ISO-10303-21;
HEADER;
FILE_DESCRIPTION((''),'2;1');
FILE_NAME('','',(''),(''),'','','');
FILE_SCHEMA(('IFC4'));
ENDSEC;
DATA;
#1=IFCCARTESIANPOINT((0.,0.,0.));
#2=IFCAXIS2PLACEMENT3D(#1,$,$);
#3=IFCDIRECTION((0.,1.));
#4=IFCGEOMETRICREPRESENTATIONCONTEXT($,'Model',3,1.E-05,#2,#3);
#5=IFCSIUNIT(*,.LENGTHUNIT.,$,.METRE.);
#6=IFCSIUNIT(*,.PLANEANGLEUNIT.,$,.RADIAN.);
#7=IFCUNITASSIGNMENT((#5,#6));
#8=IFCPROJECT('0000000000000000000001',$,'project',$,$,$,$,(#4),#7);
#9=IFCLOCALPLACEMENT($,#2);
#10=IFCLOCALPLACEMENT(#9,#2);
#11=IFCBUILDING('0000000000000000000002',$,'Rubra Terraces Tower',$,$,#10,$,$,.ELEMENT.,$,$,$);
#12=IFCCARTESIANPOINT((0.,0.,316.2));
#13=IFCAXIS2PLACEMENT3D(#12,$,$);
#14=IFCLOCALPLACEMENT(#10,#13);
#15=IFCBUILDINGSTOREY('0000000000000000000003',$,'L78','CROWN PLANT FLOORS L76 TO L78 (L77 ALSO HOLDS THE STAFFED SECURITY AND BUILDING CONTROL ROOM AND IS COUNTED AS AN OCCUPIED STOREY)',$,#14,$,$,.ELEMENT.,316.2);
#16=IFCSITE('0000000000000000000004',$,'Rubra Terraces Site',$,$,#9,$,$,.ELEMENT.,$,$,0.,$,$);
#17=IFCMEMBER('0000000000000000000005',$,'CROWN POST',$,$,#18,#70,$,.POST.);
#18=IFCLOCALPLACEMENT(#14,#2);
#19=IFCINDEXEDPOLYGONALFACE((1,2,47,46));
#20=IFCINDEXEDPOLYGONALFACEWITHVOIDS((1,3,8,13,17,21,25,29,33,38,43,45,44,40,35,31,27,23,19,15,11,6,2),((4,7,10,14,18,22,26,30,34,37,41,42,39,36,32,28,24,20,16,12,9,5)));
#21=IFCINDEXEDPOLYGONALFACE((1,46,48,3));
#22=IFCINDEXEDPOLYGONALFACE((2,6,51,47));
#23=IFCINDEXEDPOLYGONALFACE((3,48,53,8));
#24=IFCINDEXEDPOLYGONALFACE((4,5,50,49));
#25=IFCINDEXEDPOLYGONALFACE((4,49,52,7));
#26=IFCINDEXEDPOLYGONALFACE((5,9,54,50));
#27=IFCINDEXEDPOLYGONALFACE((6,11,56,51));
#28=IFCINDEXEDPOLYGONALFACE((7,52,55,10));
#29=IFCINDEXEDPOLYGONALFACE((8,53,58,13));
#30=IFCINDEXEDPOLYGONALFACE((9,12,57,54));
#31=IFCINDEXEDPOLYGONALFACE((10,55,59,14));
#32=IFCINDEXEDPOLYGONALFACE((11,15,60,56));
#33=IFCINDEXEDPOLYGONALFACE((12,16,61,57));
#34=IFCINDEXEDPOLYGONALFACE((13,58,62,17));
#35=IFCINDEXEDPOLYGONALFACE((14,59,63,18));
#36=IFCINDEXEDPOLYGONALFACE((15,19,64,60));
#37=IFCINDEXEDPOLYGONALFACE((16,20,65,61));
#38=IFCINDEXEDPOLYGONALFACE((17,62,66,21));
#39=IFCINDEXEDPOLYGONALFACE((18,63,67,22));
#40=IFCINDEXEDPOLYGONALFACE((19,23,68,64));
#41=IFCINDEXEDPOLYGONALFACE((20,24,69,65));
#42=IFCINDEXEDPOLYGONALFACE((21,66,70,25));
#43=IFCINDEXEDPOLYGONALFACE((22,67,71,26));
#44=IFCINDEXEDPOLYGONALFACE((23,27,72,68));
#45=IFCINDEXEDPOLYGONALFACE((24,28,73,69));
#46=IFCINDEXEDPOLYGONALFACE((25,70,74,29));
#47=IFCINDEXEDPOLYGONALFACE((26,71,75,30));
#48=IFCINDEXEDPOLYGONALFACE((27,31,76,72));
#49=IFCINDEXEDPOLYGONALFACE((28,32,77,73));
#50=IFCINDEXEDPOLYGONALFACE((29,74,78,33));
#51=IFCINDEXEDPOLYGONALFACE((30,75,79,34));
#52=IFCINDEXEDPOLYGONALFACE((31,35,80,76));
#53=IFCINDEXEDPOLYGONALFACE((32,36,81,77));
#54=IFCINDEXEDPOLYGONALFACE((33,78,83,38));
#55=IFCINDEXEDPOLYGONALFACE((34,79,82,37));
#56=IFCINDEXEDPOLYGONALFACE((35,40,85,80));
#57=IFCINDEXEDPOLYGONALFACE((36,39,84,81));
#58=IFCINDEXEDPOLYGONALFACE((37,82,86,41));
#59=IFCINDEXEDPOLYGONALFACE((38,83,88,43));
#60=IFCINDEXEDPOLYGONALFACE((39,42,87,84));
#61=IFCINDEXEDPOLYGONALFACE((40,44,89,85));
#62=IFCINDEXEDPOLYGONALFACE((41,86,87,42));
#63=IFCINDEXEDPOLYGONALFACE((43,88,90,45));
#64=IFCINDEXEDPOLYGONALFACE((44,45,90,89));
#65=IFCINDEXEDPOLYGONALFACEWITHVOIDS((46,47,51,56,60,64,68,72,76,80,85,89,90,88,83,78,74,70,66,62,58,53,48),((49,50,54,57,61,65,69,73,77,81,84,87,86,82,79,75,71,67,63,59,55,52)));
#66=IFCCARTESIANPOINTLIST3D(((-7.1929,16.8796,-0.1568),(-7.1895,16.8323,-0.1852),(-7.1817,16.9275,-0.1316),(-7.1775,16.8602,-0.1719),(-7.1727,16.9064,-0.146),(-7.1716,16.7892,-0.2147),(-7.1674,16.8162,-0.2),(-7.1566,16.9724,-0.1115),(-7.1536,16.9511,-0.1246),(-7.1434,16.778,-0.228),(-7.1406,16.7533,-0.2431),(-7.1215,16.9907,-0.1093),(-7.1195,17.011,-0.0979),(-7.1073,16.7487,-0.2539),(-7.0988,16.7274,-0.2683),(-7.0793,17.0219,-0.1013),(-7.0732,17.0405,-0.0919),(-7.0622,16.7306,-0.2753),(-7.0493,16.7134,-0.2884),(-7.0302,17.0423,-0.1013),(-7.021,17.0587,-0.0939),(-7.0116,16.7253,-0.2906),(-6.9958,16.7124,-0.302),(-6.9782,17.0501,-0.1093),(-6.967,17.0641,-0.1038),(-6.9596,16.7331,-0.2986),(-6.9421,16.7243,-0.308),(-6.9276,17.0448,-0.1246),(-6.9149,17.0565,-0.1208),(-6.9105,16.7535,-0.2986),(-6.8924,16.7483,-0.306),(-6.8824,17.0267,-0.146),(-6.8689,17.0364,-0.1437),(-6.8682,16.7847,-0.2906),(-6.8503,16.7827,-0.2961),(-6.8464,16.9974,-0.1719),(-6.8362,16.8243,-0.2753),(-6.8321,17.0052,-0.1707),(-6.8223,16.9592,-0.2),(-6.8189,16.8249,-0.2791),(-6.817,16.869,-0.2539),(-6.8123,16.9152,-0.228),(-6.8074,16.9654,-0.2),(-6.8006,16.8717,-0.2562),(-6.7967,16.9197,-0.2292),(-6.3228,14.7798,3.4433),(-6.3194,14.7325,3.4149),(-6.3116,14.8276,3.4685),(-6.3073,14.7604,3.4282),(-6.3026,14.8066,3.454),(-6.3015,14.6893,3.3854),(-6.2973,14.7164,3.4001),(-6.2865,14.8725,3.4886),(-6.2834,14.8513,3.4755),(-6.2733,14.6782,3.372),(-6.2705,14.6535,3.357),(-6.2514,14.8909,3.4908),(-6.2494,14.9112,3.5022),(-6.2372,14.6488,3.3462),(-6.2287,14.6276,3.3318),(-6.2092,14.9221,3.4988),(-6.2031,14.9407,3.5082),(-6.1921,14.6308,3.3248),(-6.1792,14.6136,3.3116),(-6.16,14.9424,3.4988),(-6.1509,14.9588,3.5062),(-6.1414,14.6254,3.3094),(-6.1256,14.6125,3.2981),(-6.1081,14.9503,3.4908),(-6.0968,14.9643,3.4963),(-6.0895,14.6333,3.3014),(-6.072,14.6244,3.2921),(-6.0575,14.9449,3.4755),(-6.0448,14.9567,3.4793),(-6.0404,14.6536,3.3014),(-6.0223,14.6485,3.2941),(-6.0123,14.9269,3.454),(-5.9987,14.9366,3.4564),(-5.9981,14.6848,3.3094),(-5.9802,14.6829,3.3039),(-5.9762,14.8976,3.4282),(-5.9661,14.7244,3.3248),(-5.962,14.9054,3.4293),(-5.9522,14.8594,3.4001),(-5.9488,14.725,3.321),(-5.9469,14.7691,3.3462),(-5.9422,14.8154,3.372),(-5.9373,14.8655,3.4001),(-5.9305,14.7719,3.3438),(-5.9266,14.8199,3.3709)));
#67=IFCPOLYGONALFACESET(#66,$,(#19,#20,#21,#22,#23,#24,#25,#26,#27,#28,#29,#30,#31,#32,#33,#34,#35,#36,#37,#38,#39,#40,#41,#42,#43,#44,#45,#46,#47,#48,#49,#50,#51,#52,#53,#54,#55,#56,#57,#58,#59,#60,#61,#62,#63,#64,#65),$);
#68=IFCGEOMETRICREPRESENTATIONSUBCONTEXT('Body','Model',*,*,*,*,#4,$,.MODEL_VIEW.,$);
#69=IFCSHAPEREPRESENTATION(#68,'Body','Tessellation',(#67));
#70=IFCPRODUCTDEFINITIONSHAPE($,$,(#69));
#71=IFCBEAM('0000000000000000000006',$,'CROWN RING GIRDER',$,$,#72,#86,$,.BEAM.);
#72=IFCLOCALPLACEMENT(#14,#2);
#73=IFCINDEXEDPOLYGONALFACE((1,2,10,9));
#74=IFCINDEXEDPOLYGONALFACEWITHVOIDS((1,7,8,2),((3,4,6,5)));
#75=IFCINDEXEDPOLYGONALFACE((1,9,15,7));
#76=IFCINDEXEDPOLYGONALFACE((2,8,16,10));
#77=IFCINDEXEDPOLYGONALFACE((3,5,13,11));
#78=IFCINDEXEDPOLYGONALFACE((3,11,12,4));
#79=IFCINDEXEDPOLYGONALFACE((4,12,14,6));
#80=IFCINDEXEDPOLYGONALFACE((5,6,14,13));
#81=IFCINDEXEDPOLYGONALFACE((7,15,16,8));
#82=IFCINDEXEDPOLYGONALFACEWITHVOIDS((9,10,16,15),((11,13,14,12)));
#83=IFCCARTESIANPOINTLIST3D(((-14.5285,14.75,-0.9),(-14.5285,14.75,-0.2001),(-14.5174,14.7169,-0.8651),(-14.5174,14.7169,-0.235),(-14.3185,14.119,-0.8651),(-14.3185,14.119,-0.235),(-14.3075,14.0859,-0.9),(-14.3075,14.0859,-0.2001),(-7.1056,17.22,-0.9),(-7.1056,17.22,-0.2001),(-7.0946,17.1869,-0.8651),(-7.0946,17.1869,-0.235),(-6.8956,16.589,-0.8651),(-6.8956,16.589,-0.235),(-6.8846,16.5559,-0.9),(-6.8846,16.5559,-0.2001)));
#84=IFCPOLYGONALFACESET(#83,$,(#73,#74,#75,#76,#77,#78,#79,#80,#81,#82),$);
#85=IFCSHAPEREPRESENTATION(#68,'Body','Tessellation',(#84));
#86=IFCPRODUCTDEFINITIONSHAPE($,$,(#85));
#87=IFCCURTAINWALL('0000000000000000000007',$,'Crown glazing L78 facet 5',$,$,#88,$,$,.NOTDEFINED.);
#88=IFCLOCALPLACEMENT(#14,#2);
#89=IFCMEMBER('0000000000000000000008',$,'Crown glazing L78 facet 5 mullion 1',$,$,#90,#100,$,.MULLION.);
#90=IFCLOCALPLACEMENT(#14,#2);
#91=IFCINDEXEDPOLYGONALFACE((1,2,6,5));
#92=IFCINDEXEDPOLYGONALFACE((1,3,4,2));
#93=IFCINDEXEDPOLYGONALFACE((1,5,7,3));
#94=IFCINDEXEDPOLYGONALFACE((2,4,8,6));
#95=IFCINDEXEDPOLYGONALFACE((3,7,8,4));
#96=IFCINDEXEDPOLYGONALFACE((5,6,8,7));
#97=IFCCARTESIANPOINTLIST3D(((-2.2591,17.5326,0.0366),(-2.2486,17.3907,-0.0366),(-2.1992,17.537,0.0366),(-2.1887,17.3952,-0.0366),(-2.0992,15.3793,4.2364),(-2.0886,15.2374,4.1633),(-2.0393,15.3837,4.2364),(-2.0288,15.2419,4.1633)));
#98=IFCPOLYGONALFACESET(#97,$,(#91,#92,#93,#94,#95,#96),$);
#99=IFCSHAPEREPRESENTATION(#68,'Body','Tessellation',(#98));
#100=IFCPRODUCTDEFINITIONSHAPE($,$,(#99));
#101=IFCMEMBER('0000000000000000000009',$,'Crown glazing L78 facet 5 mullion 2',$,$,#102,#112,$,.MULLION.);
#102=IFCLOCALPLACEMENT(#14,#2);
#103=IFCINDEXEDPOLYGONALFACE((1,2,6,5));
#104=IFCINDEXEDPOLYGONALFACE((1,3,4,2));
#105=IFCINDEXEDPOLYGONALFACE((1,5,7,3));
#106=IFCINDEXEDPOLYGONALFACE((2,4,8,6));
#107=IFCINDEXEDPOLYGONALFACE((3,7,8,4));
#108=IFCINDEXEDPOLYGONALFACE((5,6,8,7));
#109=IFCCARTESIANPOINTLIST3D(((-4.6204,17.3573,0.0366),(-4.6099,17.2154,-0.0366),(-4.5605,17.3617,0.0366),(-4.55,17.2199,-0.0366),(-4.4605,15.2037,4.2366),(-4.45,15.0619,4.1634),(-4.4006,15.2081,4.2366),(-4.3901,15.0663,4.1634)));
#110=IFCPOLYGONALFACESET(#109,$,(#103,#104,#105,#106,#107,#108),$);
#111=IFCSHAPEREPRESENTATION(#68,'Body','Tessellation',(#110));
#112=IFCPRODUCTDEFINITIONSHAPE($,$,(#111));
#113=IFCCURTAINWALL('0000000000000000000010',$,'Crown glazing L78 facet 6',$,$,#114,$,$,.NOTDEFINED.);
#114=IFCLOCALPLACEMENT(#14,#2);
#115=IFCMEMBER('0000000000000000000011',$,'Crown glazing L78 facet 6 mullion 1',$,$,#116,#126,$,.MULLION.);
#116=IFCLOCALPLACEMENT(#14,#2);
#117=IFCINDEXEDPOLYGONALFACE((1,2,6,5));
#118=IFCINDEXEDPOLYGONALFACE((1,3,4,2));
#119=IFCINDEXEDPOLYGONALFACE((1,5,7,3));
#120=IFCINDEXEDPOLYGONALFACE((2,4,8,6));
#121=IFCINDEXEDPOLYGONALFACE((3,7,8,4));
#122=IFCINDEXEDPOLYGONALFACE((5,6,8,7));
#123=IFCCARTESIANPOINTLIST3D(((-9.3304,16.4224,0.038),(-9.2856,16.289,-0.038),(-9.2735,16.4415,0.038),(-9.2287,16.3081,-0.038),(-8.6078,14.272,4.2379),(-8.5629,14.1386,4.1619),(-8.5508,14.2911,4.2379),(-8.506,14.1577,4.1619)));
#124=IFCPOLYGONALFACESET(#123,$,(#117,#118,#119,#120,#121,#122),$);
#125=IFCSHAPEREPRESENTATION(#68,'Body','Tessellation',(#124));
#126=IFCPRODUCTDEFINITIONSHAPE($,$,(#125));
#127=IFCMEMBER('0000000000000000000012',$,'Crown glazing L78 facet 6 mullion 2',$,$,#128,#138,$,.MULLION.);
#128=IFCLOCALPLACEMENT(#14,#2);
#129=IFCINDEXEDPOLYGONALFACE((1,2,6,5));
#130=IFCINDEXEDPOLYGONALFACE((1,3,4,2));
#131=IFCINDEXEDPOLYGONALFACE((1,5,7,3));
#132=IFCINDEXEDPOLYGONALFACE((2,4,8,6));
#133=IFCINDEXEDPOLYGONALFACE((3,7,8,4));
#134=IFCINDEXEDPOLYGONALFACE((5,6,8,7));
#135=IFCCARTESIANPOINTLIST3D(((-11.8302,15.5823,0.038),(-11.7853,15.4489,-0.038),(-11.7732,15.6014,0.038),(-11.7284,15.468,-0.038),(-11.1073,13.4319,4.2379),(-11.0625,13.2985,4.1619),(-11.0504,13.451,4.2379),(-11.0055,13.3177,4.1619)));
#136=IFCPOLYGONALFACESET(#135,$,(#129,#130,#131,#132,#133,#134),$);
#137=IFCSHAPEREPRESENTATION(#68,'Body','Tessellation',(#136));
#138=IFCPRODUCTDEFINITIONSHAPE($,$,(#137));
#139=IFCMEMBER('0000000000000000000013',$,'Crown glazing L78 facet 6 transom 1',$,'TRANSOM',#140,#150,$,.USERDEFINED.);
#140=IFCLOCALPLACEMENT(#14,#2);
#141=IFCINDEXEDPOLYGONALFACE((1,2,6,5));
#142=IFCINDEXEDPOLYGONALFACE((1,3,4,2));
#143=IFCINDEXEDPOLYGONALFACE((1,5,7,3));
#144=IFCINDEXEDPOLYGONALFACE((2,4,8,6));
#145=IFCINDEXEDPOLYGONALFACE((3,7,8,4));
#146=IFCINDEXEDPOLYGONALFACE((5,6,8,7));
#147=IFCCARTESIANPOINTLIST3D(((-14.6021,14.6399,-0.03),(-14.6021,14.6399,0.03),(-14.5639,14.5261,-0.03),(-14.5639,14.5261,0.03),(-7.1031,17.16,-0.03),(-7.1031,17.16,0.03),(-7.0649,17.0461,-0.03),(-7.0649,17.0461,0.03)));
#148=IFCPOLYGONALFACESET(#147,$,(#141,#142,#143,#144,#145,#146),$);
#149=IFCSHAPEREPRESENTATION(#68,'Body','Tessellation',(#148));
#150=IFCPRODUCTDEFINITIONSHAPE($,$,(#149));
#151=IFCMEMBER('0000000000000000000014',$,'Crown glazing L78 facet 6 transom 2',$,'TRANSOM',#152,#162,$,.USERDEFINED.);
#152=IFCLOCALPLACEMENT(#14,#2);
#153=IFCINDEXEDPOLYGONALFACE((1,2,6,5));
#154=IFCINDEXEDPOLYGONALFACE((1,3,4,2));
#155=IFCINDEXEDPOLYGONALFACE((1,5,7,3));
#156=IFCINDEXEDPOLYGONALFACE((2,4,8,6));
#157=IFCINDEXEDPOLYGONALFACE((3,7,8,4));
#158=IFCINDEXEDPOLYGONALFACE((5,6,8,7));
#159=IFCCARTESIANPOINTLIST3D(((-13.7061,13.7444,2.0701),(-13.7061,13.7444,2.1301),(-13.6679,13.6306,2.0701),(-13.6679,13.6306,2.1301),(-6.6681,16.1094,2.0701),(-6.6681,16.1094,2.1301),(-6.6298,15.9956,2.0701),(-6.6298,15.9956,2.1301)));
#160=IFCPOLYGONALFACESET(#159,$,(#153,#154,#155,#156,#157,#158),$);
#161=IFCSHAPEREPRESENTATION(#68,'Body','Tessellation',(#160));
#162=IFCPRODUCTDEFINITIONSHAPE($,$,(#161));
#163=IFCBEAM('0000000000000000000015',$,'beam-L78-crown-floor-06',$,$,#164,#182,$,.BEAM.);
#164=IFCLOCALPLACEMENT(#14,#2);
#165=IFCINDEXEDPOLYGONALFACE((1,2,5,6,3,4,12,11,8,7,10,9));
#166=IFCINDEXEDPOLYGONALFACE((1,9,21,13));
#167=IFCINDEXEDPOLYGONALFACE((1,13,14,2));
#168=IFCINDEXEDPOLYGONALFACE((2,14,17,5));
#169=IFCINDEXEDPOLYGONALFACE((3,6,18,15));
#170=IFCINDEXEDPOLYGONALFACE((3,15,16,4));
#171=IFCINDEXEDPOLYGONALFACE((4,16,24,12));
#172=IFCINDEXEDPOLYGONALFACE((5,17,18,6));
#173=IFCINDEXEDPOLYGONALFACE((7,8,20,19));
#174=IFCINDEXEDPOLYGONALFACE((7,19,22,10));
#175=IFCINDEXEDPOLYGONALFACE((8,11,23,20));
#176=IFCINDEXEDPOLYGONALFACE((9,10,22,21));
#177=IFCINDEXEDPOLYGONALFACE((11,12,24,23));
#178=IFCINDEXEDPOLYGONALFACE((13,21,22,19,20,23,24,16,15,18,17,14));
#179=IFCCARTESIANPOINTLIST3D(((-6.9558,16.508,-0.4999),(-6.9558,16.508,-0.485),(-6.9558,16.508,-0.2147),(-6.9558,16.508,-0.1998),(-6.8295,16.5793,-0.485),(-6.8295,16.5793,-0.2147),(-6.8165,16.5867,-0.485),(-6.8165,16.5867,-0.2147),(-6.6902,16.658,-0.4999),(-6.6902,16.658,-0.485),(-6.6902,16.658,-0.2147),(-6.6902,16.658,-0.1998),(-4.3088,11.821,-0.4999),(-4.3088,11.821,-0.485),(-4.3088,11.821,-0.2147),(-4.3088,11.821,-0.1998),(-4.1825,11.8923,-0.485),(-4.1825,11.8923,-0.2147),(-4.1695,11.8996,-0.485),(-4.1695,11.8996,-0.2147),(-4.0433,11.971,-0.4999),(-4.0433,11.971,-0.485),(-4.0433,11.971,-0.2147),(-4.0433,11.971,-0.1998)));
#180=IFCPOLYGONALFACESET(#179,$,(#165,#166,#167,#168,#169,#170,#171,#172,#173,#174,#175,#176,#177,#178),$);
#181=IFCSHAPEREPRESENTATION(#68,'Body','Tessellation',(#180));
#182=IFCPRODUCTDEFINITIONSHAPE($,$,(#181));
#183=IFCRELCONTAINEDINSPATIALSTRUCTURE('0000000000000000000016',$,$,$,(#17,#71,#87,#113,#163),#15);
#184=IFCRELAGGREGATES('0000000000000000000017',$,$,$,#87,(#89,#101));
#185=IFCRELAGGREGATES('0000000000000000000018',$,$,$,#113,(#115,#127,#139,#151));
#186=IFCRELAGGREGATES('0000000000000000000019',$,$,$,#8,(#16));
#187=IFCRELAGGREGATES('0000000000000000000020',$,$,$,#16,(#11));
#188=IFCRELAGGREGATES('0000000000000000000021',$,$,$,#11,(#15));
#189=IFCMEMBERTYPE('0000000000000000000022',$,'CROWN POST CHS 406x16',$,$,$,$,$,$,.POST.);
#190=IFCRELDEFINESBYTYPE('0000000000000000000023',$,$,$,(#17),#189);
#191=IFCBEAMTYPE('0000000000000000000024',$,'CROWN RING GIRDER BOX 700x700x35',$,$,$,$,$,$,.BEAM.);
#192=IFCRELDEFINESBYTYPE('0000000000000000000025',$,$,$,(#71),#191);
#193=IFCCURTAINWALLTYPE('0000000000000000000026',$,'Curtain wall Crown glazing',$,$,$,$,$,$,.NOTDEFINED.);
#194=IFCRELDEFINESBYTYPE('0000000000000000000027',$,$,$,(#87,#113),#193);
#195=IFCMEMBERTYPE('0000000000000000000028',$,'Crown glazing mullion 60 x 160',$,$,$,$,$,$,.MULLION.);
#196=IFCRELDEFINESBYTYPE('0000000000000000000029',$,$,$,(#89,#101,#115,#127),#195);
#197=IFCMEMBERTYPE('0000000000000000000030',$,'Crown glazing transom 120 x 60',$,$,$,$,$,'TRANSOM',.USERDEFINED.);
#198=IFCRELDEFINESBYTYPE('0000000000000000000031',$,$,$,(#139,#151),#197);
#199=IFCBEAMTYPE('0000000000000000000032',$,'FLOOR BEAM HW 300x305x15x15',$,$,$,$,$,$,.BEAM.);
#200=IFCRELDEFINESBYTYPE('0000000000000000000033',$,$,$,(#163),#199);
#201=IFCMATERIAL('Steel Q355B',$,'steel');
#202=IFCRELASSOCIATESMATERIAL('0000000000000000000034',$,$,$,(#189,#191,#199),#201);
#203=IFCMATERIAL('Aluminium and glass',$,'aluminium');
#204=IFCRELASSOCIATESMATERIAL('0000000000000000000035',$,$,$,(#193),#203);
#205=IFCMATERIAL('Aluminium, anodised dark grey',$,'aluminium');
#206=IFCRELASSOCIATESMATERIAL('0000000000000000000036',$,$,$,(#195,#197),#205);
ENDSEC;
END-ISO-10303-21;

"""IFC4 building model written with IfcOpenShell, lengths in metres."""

from ifc_helpers import new_model, si_unit, direction, frame, origin, origin_2d, place, context, subcontext, project, spatial, rectangle, hollow_rectangle, hollow_circle, i_section, extrude, material, material_profile, profile_set, type_object, element, aggregate, save


model = new_model("IFC4")

# Units and contexts
model_context = context("Model", 3, precision=1e-05, world=origin(), true_north=direction((0.0, 1.0)))
body_context = subcontext(model_context, "Body", "Model", "MODEL_VIEW")
ifc_project = project(units=[si_unit("LENGTHUNIT", "METRE"), si_unit("PLANEANGLEUNIT", "RADIAN")], contexts=[model_context])

# Site, building, storey
site_placement = place(None, origin())
site = spatial("IfcSite", under=ifc_project, at=site_placement, Name="Rubra Terraces Site", CompositionType="ELEMENT", RefElevation=0.0)
building_placement = place(site_placement, origin())
building = spatial("IfcBuilding", under=site, at=building_placement, Name="Rubra Terraces Tower", CompositionType="ELEMENT")
storey_placement = place(building_placement, frame((0.0, 0.0, 316.2)))
storey = spatial("IfcBuildingStorey", under=building, at=storey_placement, Name="L78", Description="CROWN PLANT FLOORS L76 TO L78 (L77 ALSO HOLDS THE STAFFED SECURITY AND BUILDING CONTROL ROOM AND IS COUNTED AS AN OCCUPIED STOREY)", CompositionType="ELEMENT", Elevation=316.2)

# Member
ifc_material_1 = material(Name="Steel Q355B", Category="steel")
ifc_material_profile_1 = material_profile(ifc_material_1, hollow_circle(Radius=0.2029, WallThickness=0.0161, at=origin_2d()), Name="CHS 406x16")
ifc_profile_set_1 = profile_set([ifc_material_profile_1], Name="Steel Q355B")
member_type_1 = type_object("IfcMemberType", Name="CROWN POST CHS 406x16", PredefinedType="POST", material=ifc_profile_set_1)
member_1_placement = place(storey_placement, frame((-6.9949, 16.8877, -0.2), z_axis=(0.204368, -0.493201, 0.845569), x_axis=(0.923828, 0.382807, 0.0)))
element("IfcMember", 1, at=member_1_placement, inside=storey, type_object=member_type_1, Name="CROWN POST", PredefinedType="POST", context=body_context, shape_type="SweptSolid", body=[
    extrude(hollow_circle(Radius=0.2029, WallThickness=0.0161, at=origin_2d()), origin(), (0.0, 0.0, 1.0), 4.2576),
])

# Beam
ifc_material_profile_2 = material_profile(ifc_material_1, hollow_rectangle(XDim=0.7, YDim=0.7, WallThickness=0.0349, at=origin_2d()), Name="BOX 700x700x35")
ifc_profile_set_2 = profile_set([ifc_material_profile_2], Name="Steel Q355B")
beam_type_1 = type_object("IfcBeamType", Name="CROWN RING GIRDER BOX 700x700x35", PredefinedType="BEAM", material=ifc_profile_set_2)
beam_1_placement = place(storey_placement, frame((-6.9951, 16.8879, -0.55), z_axis=(-0.948849, -0.315732, 0.0), x_axis=(0.315732, -0.948849, 0.0)))
element("IfcBeam", 2, at=beam_1_placement, inside=storey, type_object=beam_type_1, Name="CROWN RING GIRDER", PredefinedType="BEAM", context=body_context, shape_type="SweptSolid", body=[
    extrude(hollow_rectangle(XDim=0.7, YDim=0.7, WallThickness=0.0349, at=origin_2d()), origin(), (0.0, 0.0, 1.0), 7.823),
])

# Curtain walls, members
ifc_material_2 = material(Name="Aluminium and glass", Category="aluminium")
curtain_wall_type = type_object("IfcCurtainWallType", Name="Curtain wall Crown glazing", PredefinedType="NOTDEFINED", material=ifc_material_2)
curtain_wall_1_placement = place(storey_placement, origin())
curtain_wall_1 = element("IfcCurtainWall", 3, at=curtain_wall_1_placement, inside=storey, type_object=curtain_wall_type, Name="Crown glazing L78 facet 5", PredefinedType="NOTDEFINED")
ifc_material_3 = material(Name="Aluminium, anodised dark grey", Category="aluminium")
ifc_material_profile_3 = material_profile(ifc_material_3, rectangle(XDim=0.0601, YDim=0.1599, at=origin_2d()), Name="AL 60x160")
ifc_profile_set_3 = profile_set([ifc_material_profile_3], Name="Aluminium, anodised dark grey")
member_type_2 = type_object("IfcMemberType", Name="Crown glazing mullion 60 x 160", PredefinedType="MULLION", material=ifc_profile_set_3)
member_2_placement = place(storey_placement, frame((-2.2239, 17.4639, 0.0), z_axis=(0.033862, -0.455971, 0.88935), x_axis=(0.997254, 0.074059, 0.0)))
member_2 = element("IfcMember", 4, at=member_2_placement, type_object=member_type_2, Name="Crown glazing L78 facet 5 mullion 1", PredefinedType="MULLION", context=body_context, shape_type="SweptSolid", body=[
    extrude(rectangle(XDim=0.0601, YDim=0.1599, at=origin_2d()), origin(), (0.0, 0.0, 1.0), 4.7224),
])
member_3_placement = place(storey_placement, frame((-4.5852, 17.2886, 0.0), z_axis=(0.033861, -0.456012, 0.889329), x_axis=(0.997254, 0.074051, 0.0)))
member_3 = element("IfcMember", 5, at=member_3_placement, type_object=member_type_2, Name="Crown glazing L78 facet 5 mullion 2", PredefinedType="MULLION", context=body_context, shape_type="SweptSolid", body=[
    extrude(rectangle(XDim=0.0601, YDim=0.1599, at=origin_2d()), origin(), (0.0, 0.0, 1.0), 4.7227),
])
curtain_wall_2_placement = place(storey_placement, origin())
curtain_wall_2 = element("IfcCurtainWall", 6, at=curtain_wall_2_placement, inside=storey, type_object=curtain_wall_type, Name="Crown glazing L78 facet 6", PredefinedType="NOTDEFINED")
member_4_placement = place(storey_placement, frame((-9.2795, 16.3652, 0.0), z_axis=(0.15139, -0.450488, 0.879853), x_axis=(0.947906, 0.318551, 0.0)))
member_4 = element("IfcMember", 7, at=member_4_placement, type_object=member_type_2, Name="Crown glazing L78 facet 6 mullion 1", PredefinedType="MULLION", context=body_context, shape_type="SweptSolid", body=[
    extrude(rectangle(XDim=0.0601, YDim=0.1599, at=origin_2d()), origin(), (0.0, 0.0, 1.0), 4.7734),
])
member_5_placement = place(storey_placement, frame((-11.7793, 15.5251, 0.0), z_axis=(0.15144, -0.450485, 0.879846), x_axis=(0.947873, 0.318648, 0.0)))
member_5 = element("IfcMember", 8, at=member_5_placement, type_object=member_type_2, Name="Crown glazing L78 facet 6 mullion 2", PredefinedType="MULLION", context=body_context, shape_type="SweptSolid", body=[
    extrude(rectangle(XDim=0.0601, YDim=0.1599, at=origin_2d()), origin(), (0.0, 0.0, 1.0), 4.7734),
])
ifc_material_profile_4 = material_profile(ifc_material_3, rectangle(XDim=0.1201, YDim=0.0601, at=origin_2d()), Name="AL 120x60")
ifc_profile_set_4 = profile_set([ifc_material_profile_4], Name="Aluminium, anodised dark grey")
member_type_3 = type_object("IfcMemberType", Name="Crown glazing transom 120 x 60", ElementType="TRANSOM", PredefinedType="USERDEFINED", material=ifc_profile_set_4)
member_6_placement = place(storey_placement, frame((-7.084, 17.103, 0.0), z_axis=(-0.947909, -0.318541, 0.0), x_axis=(0.318541, -0.947909, 0.0)))
member_6 = element("IfcMember", 9, at=member_6_placement, type_object=member_type_3, Name="Crown glazing L78 facet 6 transom 1", ObjectType="TRANSOM", PredefinedType="USERDEFINED", context=body_context, shape_type="SweptSolid", body=[
    extrude(rectangle(XDim=0.1201, YDim=0.0601, at=origin_2d()), origin(), (0.0, 0.0, 1.0), 7.9111),
])
member_7_placement = place(storey_placement, frame((-6.6489, 16.0525, 2.1001), z_axis=(-0.947914, -0.318525, 0.0), x_axis=(0.318525, -0.947914, 0.0)))
member_7 = element("IfcMember", 10, at=member_7_placement, type_object=member_type_3, Name="Crown glazing L78 facet 6 transom 2", ObjectType="TRANSOM", PredefinedType="USERDEFINED", context=body_context, shape_type="SweptSolid", body=[
    extrude(rectangle(XDim=0.1201, YDim=0.0601, at=origin_2d()), origin(), (0.0, 0.0, 1.0), 7.4248),
])

# Beam
ifc_material_profile_5 = material_profile(ifc_material_1, i_section(OverallWidth=0.3049, OverallDepth=0.3, WebThickness=0.0149, FlangeThickness=0.0149, at=origin_2d()), Name="HW 300x305x15x15")
ifc_profile_set_5 = profile_set([ifc_material_profile_5], Name="Steel Q355B")
beam_type_2 = type_object("IfcBeamType", Name="FLOOR BEAM HW 300x305x15x15", PredefinedType="BEAM", material=ifc_profile_set_5)
beam_2_placement = place(storey_placement, frame((-6.823, 16.583, -0.3499), z_axis=(0.491746, -0.870738, 0.0), x_axis=(0.870738, 0.491746, 0.0)))
element("IfcBeam", 11, at=beam_2_placement, inside=storey, type_object=beam_type_2, Name="beam-L78-crown-floor-06", PredefinedType="BEAM", context=body_context, shape_type="SweptSolid", body=[
    extrude(i_section(OverallWidth=0.3049, OverallDepth=0.3, WebThickness=0.0149, FlangeThickness=0.0149, at=origin_2d()), origin(), (0.0, 0.0, 1.0), 5.3828),
])

aggregate(curtain_wall_1, [member_2, member_3])
aggregate(curtain_wall_2, [member_4, member_5, member_6, member_7])

save(model, "model.ifc")
